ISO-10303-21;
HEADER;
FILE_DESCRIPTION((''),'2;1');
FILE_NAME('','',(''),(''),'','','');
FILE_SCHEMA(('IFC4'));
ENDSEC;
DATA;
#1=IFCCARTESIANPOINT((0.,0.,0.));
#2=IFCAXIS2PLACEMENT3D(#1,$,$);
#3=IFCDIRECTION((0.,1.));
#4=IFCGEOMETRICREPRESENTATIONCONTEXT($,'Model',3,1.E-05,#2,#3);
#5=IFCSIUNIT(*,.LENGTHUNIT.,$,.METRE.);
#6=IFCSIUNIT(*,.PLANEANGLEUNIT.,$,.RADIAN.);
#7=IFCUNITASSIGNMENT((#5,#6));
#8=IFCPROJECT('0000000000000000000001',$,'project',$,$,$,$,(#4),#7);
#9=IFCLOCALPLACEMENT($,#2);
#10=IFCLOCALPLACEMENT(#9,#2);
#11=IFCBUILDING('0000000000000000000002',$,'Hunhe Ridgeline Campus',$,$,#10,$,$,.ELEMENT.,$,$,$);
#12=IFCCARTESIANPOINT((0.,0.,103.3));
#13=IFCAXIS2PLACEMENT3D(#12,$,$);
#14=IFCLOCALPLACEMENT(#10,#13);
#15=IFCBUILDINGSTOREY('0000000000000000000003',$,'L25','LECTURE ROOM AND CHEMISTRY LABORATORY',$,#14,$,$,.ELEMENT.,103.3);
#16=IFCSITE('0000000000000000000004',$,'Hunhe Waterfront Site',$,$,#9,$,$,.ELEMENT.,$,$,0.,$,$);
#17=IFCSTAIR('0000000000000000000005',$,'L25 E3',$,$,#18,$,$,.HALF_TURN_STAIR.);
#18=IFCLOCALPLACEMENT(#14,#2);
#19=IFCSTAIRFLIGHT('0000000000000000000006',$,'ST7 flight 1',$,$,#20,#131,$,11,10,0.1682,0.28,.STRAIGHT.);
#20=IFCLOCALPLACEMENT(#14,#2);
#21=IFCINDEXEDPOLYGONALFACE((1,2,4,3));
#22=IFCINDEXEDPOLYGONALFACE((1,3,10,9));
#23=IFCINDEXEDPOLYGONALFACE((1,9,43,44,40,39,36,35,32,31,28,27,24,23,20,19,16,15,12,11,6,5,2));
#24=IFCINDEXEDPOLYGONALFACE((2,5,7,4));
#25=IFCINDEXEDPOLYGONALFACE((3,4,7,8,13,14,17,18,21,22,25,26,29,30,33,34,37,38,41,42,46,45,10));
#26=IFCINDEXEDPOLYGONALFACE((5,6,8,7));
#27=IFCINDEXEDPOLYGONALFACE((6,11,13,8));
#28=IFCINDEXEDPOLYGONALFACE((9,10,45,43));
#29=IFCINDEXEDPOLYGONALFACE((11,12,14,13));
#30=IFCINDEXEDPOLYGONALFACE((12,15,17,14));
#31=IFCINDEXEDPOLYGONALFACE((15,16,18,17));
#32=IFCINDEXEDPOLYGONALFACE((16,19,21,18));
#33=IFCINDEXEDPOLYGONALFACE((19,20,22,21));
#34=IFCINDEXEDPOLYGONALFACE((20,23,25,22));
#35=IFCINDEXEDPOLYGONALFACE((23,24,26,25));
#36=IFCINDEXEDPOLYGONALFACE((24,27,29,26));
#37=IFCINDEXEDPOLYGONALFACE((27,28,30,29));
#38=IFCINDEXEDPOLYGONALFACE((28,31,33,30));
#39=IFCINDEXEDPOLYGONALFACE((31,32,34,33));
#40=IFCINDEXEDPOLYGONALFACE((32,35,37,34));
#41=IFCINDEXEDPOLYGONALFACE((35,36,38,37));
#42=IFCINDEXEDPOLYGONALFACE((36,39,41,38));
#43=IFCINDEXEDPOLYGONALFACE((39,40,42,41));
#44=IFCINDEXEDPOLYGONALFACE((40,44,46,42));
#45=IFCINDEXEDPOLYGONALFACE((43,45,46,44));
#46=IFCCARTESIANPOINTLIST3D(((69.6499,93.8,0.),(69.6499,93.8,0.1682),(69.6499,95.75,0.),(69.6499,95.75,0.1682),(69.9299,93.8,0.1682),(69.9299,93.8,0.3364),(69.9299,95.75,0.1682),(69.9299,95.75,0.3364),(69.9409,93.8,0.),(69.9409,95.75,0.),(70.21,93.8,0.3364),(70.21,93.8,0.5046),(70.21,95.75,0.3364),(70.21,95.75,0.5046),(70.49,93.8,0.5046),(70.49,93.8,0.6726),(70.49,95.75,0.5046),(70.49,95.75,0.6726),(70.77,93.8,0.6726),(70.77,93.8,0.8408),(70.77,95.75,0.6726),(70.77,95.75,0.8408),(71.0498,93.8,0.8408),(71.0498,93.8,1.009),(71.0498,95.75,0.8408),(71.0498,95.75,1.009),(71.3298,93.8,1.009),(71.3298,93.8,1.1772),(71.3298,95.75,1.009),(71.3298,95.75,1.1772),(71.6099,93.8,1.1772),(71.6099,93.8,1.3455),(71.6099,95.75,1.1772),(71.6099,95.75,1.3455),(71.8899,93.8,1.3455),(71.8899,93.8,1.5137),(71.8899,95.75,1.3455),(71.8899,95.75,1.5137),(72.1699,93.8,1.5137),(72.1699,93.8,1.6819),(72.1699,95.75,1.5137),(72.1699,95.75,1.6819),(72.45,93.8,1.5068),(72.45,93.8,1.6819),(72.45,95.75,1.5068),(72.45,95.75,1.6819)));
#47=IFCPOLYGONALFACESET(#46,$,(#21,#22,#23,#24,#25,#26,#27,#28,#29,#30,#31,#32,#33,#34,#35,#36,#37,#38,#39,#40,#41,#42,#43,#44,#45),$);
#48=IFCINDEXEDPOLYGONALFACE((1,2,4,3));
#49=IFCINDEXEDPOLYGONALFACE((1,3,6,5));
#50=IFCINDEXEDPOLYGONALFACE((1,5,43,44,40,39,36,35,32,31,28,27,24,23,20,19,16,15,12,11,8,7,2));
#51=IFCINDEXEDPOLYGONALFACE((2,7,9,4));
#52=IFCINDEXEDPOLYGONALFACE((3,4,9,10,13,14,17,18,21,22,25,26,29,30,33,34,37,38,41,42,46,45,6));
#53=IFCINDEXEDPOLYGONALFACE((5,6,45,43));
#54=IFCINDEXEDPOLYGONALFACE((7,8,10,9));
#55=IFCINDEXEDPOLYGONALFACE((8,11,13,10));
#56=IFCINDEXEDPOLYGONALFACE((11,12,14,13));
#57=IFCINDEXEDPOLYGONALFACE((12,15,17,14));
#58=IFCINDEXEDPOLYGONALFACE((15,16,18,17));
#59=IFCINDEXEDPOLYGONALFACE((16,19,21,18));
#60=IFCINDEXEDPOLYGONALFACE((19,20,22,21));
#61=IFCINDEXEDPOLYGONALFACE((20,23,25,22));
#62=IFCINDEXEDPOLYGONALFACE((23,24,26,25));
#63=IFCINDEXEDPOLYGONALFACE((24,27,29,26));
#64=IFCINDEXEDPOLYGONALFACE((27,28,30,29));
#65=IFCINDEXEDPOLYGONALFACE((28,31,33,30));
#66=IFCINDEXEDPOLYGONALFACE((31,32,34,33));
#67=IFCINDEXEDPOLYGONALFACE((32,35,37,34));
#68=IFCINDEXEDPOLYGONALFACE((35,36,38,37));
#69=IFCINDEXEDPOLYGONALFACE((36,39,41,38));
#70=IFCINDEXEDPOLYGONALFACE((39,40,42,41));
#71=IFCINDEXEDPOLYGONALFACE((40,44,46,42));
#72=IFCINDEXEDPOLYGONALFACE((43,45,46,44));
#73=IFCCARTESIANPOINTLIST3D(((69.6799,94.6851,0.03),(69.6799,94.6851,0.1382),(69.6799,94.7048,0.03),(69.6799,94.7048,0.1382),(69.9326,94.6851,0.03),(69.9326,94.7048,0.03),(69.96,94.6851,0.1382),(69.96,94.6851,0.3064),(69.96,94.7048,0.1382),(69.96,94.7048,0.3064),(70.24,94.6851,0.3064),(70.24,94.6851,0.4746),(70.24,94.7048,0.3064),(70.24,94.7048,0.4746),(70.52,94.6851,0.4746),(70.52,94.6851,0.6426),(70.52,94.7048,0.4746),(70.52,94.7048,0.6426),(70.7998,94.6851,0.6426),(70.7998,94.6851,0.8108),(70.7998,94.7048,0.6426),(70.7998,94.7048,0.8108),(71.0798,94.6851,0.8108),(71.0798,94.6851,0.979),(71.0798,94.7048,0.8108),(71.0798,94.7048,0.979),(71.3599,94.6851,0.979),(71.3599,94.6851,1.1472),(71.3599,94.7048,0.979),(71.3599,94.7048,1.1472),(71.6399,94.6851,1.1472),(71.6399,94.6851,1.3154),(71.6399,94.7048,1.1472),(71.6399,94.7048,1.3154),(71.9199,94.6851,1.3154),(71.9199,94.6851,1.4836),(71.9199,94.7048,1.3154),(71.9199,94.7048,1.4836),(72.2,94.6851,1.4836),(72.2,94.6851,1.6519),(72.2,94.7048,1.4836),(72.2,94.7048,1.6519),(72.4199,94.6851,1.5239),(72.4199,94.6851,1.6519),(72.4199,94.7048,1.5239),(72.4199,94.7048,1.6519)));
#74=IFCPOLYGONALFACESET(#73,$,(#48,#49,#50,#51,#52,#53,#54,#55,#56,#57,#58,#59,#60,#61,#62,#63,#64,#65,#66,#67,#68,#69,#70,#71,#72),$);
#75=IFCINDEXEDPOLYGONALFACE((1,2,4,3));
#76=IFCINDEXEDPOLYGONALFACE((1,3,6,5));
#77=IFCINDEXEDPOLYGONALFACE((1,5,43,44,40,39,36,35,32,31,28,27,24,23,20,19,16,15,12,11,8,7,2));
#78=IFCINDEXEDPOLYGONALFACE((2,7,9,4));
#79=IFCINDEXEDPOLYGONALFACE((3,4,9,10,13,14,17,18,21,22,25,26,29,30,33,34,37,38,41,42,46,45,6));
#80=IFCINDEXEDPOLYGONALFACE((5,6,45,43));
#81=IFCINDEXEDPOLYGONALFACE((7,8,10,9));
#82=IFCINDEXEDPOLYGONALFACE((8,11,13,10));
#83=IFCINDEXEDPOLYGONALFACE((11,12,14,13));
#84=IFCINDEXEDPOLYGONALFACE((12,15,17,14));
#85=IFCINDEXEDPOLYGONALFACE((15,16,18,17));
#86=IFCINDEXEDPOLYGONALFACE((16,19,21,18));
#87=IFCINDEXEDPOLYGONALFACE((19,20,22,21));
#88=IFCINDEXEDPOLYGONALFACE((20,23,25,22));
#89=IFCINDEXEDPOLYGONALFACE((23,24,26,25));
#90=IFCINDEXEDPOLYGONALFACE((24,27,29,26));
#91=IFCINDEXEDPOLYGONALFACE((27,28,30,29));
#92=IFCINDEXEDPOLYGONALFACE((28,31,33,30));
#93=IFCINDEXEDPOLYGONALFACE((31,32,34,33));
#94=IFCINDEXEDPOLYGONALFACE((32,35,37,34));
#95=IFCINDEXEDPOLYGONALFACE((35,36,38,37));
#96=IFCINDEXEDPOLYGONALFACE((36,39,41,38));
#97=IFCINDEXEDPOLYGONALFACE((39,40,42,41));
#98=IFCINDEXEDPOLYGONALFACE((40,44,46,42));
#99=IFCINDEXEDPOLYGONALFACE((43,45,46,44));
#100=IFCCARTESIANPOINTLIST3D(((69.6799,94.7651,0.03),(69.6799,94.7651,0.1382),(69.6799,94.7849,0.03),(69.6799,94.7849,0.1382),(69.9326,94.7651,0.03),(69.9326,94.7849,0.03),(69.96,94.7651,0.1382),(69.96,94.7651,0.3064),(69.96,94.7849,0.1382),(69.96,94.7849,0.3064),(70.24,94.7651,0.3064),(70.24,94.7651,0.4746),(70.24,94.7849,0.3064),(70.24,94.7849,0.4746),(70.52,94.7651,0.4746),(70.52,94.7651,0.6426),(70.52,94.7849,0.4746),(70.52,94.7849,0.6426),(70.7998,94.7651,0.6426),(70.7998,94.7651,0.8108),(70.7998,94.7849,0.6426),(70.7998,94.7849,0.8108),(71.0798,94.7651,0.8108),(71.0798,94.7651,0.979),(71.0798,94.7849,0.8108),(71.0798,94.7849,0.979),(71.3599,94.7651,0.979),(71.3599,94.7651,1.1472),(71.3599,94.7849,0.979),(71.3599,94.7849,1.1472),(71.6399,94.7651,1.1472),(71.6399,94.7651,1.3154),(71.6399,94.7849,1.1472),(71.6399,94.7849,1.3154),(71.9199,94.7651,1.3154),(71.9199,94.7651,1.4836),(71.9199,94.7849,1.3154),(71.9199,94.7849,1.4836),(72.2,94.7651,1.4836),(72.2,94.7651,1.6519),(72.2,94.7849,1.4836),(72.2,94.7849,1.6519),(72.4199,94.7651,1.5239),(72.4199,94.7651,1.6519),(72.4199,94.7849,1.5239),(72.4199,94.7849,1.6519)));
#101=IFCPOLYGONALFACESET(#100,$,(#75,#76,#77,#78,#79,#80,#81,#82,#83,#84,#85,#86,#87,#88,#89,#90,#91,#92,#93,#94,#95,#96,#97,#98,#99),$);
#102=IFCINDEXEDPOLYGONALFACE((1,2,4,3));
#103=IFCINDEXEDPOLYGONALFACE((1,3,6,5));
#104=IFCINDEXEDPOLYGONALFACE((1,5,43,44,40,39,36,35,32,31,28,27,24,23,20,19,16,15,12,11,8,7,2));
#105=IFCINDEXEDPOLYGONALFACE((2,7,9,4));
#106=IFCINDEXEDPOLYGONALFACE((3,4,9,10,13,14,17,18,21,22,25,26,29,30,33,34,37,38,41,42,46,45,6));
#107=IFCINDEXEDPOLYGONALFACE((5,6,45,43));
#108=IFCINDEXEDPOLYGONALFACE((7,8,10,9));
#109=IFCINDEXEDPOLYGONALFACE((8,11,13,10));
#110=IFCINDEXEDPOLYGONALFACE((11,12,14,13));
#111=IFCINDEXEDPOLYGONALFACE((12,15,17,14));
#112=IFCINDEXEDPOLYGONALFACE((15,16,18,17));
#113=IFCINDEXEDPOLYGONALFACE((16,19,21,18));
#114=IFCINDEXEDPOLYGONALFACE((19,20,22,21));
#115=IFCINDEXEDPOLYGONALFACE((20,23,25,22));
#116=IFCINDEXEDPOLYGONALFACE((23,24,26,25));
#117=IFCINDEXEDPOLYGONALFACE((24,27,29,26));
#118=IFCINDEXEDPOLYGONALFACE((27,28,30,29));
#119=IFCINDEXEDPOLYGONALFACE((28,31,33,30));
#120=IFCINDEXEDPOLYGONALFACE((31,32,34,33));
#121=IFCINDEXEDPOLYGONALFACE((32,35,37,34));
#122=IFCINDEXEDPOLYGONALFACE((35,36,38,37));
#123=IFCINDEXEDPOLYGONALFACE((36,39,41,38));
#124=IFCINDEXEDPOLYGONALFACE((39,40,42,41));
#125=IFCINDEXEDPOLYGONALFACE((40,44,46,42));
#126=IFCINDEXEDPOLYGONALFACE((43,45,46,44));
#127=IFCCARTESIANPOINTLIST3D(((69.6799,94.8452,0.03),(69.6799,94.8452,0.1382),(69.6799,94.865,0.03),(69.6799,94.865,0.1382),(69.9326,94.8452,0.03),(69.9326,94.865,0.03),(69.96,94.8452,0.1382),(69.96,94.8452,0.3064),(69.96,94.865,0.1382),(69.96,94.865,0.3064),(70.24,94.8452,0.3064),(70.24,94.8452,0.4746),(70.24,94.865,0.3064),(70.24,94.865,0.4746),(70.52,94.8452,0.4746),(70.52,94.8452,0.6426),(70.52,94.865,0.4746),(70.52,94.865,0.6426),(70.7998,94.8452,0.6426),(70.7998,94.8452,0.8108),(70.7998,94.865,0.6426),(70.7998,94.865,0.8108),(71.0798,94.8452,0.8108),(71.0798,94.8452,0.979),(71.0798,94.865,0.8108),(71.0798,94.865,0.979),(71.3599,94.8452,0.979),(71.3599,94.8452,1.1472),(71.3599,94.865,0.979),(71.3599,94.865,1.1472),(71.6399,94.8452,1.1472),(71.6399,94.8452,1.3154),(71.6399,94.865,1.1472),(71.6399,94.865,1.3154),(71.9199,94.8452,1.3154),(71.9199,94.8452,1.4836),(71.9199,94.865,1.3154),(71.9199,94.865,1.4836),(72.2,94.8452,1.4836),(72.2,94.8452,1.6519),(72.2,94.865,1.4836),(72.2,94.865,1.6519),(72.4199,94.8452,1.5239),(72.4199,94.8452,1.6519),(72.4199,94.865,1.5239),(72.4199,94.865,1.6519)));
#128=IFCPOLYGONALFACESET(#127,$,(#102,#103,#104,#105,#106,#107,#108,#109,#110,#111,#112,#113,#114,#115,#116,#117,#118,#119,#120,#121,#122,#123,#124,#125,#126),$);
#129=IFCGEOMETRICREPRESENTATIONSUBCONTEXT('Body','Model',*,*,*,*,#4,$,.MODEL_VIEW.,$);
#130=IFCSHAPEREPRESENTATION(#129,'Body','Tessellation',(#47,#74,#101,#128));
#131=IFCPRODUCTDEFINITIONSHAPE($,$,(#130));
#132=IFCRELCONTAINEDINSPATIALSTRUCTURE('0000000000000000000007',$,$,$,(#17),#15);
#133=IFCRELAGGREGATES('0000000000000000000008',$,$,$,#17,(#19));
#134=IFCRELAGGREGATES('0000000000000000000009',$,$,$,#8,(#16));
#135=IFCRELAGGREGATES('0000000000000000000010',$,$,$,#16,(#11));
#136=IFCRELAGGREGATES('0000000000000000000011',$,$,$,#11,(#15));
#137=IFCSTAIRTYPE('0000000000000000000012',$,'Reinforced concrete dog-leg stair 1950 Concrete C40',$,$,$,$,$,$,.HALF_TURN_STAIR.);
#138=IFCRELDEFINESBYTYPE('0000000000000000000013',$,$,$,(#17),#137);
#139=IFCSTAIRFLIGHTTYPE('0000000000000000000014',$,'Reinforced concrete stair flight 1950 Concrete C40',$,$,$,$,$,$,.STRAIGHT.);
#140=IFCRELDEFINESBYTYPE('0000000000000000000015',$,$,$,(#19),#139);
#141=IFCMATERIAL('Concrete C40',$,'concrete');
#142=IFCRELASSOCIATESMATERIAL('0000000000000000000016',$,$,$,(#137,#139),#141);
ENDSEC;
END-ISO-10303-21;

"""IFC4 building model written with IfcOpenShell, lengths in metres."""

from ifc_helpers import new_model, si_unit, direction, frame, origin, place, context, subcontext, project, spatial, polyline, outline, extrude, material, type_object, element, aggregate, save


model = new_model("IFC4")

# Units and contexts
model_context = context("Model", 3, precision=1e-05, world=origin(), true_north=direction((0.0, 1.0)))
body_context = subcontext(model_context, "Body", "Model", "MODEL_VIEW")
ifc_project = project(units=[si_unit("LENGTHUNIT", "METRE"), si_unit("PLANEANGLEUNIT", "RADIAN")], contexts=[model_context])

# Site, building, storey
site_placement = place(None, origin())
site = spatial("IfcSite", under=ifc_project, at=site_placement, Name="Hunhe Waterfront Site", CompositionType="ELEMENT", RefElevation=0.0)
building_placement = place(site_placement, origin())
building = spatial("IfcBuilding", under=site, at=building_placement, Name="Hunhe Ridgeline Campus", CompositionType="ELEMENT")
storey_placement = place(building_placement, frame((0.0, 0.0, 103.3)))
storey = spatial("IfcBuildingStorey", under=building, at=storey_placement, Name="L25", Description="LECTURE ROOM AND CHEMISTRY LABORATORY", CompositionType="ELEMENT", Elevation=103.3)

# Shared definitions
ifc_material_1 = material(Name="Concrete C40", Category="concrete")
stair_type = type_object("IfcStairType", Name="Reinforced concrete dog-leg stair 1950 Concrete C40", PredefinedType="HALF_TURN_STAIR", material=ifc_material_1)
stair_flight_type = type_object("IfcStairFlightType", Name="Reinforced concrete stair flight 1950 Concrete C40", PredefinedType="STRAIGHT", material=ifc_material_1)

# Stair, stair flight
stair_1_placement = place(storey_placement, origin())
stair_1 = element("IfcStair", 1, at=stair_1_placement, inside=storey, type_object=stair_type, Name="L25 E3", PredefinedType="HALF_TURN_STAIR")
stair_flight_1_placement = place(storey_placement, frame((69.6499, 94.7749, 0.0), z_axis=(0.0, 0.0, 1.0), x_axis=(1.0, 0.0, 0.0)))
stair_flight_1 = element("IfcStairFlight", 2, at=stair_flight_1_placement, type_object=stair_flight_type, Name="ST7 flight 1", NumberOfRisers=11, NumberOfTreads=10, PredefinedType="STRAIGHT", RiserHeight=0.1682, TreadLength=0.28, context=body_context, shape_type="SweptSolid", body=[
    extrude(outline(polyline([(0.0, 0.0), (0.0, 0.1682), (0.28, 0.1682), (0.28, 0.3364), (0.5601, 0.3364), (0.5601, 0.5046), (0.8401, 0.5046), (0.8401, 0.6726), (1.1201, 0.6726), (1.1201, 0.8408), (1.3999, 0.8408), (1.3999, 1.009), (1.6799, 1.009), (1.6799, 1.1772), (1.96, 1.1772), (1.96, 1.3455), (2.24, 1.3455), (2.24, 1.5137), (2.52, 1.5137), (2.52, 1.6819), (2.8, 1.6819), (2.8, 1.8501), (2.8, 1.5068), (0.291, 0.0), (0.0, 0.0)])), frame((0.0, 0.9751, 0.0), z_axis=(0.0, -1.0, 0.0), x_axis=(1.0, 0.0, 0.0)), (0.0, 0.0, 1.0), 1.95),
    extrude(outline(polyline([(0.03, 0.03), (0.03, 0.1382), (0.3101, 0.1382), (0.3101, 0.3064), (0.5901, 0.3064), (0.5901, 0.4746), (0.8701, 0.4746), (0.8701, 0.6426), (1.1499, 0.6426), (1.1499, 0.8108), (1.4299, 0.8108), (1.4299, 0.979), (1.71, 0.979), (1.71, 1.1472), (1.99, 1.1472), (1.99, 1.3154), (2.27, 1.3154), (2.27, 1.4836), (2.55, 1.4836), (2.55, 1.6519), (2.77, 1.6519), (2.77, 1.5239), (0.2827, 0.03), (0.03, 0.03)])), frame((0.0, -0.0701, 0.0), z_axis=(0.0, -1.0, 0.0), x_axis=(1.0, 0.0, 0.0)), (0.0, 0.0, 1.0), 0.0198),
    extrude(outline(polyline([(0.03, 0.03), (0.03, 0.1382), (0.3101, 0.1382), (0.3101, 0.3064), (0.5901, 0.3064), (0.5901, 0.4746), (0.8701, 0.4746), (0.8701, 0.6426), (1.1499, 0.6426), (1.1499, 0.8108), (1.4299, 0.8108), (1.4299, 0.979), (1.71, 0.979), (1.71, 1.1472), (1.99, 1.1472), (1.99, 1.3154), (2.27, 1.3154), (2.27, 1.4836), (2.55, 1.4836), (2.55, 1.6519), (2.77, 1.6519), (2.77, 1.5239), (0.2827, 0.03), (0.03, 0.03)])), frame((0.0, 0.01, 0.0), z_axis=(0.0, -1.0, 0.0), x_axis=(1.0, 0.0, 0.0)), (0.0, 0.0, 1.0), 0.0198),
    extrude(outline(polyline([(0.03, 0.03), (0.03, 0.1382), (0.3101, 0.1382), (0.3101, 0.3064), (0.5901, 0.3064), (0.5901, 0.4746), (0.8701, 0.4746), (0.8701, 0.6426), (1.1499, 0.6426), (1.1499, 0.8108), (1.4299, 0.8108), (1.4299, 0.979), (1.71, 0.979), (1.71, 1.1472), (1.99, 1.1472), (1.99, 1.3154), (2.27, 1.3154), (2.27, 1.4836), (2.55, 1.4836), (2.55, 1.6519), (2.77, 1.6519), (2.77, 1.5239), (0.2827, 0.03), (0.03, 0.03)])), frame((0.0, 0.0901, 0.0), z_axis=(0.0, -1.0, 0.0), x_axis=(1.0, 0.0, 0.0)), (0.0, 0.0, 1.0), 0.0198),
])
aggregate(stair_1, [stair_flight_1])

save(model, "model.ifc")
